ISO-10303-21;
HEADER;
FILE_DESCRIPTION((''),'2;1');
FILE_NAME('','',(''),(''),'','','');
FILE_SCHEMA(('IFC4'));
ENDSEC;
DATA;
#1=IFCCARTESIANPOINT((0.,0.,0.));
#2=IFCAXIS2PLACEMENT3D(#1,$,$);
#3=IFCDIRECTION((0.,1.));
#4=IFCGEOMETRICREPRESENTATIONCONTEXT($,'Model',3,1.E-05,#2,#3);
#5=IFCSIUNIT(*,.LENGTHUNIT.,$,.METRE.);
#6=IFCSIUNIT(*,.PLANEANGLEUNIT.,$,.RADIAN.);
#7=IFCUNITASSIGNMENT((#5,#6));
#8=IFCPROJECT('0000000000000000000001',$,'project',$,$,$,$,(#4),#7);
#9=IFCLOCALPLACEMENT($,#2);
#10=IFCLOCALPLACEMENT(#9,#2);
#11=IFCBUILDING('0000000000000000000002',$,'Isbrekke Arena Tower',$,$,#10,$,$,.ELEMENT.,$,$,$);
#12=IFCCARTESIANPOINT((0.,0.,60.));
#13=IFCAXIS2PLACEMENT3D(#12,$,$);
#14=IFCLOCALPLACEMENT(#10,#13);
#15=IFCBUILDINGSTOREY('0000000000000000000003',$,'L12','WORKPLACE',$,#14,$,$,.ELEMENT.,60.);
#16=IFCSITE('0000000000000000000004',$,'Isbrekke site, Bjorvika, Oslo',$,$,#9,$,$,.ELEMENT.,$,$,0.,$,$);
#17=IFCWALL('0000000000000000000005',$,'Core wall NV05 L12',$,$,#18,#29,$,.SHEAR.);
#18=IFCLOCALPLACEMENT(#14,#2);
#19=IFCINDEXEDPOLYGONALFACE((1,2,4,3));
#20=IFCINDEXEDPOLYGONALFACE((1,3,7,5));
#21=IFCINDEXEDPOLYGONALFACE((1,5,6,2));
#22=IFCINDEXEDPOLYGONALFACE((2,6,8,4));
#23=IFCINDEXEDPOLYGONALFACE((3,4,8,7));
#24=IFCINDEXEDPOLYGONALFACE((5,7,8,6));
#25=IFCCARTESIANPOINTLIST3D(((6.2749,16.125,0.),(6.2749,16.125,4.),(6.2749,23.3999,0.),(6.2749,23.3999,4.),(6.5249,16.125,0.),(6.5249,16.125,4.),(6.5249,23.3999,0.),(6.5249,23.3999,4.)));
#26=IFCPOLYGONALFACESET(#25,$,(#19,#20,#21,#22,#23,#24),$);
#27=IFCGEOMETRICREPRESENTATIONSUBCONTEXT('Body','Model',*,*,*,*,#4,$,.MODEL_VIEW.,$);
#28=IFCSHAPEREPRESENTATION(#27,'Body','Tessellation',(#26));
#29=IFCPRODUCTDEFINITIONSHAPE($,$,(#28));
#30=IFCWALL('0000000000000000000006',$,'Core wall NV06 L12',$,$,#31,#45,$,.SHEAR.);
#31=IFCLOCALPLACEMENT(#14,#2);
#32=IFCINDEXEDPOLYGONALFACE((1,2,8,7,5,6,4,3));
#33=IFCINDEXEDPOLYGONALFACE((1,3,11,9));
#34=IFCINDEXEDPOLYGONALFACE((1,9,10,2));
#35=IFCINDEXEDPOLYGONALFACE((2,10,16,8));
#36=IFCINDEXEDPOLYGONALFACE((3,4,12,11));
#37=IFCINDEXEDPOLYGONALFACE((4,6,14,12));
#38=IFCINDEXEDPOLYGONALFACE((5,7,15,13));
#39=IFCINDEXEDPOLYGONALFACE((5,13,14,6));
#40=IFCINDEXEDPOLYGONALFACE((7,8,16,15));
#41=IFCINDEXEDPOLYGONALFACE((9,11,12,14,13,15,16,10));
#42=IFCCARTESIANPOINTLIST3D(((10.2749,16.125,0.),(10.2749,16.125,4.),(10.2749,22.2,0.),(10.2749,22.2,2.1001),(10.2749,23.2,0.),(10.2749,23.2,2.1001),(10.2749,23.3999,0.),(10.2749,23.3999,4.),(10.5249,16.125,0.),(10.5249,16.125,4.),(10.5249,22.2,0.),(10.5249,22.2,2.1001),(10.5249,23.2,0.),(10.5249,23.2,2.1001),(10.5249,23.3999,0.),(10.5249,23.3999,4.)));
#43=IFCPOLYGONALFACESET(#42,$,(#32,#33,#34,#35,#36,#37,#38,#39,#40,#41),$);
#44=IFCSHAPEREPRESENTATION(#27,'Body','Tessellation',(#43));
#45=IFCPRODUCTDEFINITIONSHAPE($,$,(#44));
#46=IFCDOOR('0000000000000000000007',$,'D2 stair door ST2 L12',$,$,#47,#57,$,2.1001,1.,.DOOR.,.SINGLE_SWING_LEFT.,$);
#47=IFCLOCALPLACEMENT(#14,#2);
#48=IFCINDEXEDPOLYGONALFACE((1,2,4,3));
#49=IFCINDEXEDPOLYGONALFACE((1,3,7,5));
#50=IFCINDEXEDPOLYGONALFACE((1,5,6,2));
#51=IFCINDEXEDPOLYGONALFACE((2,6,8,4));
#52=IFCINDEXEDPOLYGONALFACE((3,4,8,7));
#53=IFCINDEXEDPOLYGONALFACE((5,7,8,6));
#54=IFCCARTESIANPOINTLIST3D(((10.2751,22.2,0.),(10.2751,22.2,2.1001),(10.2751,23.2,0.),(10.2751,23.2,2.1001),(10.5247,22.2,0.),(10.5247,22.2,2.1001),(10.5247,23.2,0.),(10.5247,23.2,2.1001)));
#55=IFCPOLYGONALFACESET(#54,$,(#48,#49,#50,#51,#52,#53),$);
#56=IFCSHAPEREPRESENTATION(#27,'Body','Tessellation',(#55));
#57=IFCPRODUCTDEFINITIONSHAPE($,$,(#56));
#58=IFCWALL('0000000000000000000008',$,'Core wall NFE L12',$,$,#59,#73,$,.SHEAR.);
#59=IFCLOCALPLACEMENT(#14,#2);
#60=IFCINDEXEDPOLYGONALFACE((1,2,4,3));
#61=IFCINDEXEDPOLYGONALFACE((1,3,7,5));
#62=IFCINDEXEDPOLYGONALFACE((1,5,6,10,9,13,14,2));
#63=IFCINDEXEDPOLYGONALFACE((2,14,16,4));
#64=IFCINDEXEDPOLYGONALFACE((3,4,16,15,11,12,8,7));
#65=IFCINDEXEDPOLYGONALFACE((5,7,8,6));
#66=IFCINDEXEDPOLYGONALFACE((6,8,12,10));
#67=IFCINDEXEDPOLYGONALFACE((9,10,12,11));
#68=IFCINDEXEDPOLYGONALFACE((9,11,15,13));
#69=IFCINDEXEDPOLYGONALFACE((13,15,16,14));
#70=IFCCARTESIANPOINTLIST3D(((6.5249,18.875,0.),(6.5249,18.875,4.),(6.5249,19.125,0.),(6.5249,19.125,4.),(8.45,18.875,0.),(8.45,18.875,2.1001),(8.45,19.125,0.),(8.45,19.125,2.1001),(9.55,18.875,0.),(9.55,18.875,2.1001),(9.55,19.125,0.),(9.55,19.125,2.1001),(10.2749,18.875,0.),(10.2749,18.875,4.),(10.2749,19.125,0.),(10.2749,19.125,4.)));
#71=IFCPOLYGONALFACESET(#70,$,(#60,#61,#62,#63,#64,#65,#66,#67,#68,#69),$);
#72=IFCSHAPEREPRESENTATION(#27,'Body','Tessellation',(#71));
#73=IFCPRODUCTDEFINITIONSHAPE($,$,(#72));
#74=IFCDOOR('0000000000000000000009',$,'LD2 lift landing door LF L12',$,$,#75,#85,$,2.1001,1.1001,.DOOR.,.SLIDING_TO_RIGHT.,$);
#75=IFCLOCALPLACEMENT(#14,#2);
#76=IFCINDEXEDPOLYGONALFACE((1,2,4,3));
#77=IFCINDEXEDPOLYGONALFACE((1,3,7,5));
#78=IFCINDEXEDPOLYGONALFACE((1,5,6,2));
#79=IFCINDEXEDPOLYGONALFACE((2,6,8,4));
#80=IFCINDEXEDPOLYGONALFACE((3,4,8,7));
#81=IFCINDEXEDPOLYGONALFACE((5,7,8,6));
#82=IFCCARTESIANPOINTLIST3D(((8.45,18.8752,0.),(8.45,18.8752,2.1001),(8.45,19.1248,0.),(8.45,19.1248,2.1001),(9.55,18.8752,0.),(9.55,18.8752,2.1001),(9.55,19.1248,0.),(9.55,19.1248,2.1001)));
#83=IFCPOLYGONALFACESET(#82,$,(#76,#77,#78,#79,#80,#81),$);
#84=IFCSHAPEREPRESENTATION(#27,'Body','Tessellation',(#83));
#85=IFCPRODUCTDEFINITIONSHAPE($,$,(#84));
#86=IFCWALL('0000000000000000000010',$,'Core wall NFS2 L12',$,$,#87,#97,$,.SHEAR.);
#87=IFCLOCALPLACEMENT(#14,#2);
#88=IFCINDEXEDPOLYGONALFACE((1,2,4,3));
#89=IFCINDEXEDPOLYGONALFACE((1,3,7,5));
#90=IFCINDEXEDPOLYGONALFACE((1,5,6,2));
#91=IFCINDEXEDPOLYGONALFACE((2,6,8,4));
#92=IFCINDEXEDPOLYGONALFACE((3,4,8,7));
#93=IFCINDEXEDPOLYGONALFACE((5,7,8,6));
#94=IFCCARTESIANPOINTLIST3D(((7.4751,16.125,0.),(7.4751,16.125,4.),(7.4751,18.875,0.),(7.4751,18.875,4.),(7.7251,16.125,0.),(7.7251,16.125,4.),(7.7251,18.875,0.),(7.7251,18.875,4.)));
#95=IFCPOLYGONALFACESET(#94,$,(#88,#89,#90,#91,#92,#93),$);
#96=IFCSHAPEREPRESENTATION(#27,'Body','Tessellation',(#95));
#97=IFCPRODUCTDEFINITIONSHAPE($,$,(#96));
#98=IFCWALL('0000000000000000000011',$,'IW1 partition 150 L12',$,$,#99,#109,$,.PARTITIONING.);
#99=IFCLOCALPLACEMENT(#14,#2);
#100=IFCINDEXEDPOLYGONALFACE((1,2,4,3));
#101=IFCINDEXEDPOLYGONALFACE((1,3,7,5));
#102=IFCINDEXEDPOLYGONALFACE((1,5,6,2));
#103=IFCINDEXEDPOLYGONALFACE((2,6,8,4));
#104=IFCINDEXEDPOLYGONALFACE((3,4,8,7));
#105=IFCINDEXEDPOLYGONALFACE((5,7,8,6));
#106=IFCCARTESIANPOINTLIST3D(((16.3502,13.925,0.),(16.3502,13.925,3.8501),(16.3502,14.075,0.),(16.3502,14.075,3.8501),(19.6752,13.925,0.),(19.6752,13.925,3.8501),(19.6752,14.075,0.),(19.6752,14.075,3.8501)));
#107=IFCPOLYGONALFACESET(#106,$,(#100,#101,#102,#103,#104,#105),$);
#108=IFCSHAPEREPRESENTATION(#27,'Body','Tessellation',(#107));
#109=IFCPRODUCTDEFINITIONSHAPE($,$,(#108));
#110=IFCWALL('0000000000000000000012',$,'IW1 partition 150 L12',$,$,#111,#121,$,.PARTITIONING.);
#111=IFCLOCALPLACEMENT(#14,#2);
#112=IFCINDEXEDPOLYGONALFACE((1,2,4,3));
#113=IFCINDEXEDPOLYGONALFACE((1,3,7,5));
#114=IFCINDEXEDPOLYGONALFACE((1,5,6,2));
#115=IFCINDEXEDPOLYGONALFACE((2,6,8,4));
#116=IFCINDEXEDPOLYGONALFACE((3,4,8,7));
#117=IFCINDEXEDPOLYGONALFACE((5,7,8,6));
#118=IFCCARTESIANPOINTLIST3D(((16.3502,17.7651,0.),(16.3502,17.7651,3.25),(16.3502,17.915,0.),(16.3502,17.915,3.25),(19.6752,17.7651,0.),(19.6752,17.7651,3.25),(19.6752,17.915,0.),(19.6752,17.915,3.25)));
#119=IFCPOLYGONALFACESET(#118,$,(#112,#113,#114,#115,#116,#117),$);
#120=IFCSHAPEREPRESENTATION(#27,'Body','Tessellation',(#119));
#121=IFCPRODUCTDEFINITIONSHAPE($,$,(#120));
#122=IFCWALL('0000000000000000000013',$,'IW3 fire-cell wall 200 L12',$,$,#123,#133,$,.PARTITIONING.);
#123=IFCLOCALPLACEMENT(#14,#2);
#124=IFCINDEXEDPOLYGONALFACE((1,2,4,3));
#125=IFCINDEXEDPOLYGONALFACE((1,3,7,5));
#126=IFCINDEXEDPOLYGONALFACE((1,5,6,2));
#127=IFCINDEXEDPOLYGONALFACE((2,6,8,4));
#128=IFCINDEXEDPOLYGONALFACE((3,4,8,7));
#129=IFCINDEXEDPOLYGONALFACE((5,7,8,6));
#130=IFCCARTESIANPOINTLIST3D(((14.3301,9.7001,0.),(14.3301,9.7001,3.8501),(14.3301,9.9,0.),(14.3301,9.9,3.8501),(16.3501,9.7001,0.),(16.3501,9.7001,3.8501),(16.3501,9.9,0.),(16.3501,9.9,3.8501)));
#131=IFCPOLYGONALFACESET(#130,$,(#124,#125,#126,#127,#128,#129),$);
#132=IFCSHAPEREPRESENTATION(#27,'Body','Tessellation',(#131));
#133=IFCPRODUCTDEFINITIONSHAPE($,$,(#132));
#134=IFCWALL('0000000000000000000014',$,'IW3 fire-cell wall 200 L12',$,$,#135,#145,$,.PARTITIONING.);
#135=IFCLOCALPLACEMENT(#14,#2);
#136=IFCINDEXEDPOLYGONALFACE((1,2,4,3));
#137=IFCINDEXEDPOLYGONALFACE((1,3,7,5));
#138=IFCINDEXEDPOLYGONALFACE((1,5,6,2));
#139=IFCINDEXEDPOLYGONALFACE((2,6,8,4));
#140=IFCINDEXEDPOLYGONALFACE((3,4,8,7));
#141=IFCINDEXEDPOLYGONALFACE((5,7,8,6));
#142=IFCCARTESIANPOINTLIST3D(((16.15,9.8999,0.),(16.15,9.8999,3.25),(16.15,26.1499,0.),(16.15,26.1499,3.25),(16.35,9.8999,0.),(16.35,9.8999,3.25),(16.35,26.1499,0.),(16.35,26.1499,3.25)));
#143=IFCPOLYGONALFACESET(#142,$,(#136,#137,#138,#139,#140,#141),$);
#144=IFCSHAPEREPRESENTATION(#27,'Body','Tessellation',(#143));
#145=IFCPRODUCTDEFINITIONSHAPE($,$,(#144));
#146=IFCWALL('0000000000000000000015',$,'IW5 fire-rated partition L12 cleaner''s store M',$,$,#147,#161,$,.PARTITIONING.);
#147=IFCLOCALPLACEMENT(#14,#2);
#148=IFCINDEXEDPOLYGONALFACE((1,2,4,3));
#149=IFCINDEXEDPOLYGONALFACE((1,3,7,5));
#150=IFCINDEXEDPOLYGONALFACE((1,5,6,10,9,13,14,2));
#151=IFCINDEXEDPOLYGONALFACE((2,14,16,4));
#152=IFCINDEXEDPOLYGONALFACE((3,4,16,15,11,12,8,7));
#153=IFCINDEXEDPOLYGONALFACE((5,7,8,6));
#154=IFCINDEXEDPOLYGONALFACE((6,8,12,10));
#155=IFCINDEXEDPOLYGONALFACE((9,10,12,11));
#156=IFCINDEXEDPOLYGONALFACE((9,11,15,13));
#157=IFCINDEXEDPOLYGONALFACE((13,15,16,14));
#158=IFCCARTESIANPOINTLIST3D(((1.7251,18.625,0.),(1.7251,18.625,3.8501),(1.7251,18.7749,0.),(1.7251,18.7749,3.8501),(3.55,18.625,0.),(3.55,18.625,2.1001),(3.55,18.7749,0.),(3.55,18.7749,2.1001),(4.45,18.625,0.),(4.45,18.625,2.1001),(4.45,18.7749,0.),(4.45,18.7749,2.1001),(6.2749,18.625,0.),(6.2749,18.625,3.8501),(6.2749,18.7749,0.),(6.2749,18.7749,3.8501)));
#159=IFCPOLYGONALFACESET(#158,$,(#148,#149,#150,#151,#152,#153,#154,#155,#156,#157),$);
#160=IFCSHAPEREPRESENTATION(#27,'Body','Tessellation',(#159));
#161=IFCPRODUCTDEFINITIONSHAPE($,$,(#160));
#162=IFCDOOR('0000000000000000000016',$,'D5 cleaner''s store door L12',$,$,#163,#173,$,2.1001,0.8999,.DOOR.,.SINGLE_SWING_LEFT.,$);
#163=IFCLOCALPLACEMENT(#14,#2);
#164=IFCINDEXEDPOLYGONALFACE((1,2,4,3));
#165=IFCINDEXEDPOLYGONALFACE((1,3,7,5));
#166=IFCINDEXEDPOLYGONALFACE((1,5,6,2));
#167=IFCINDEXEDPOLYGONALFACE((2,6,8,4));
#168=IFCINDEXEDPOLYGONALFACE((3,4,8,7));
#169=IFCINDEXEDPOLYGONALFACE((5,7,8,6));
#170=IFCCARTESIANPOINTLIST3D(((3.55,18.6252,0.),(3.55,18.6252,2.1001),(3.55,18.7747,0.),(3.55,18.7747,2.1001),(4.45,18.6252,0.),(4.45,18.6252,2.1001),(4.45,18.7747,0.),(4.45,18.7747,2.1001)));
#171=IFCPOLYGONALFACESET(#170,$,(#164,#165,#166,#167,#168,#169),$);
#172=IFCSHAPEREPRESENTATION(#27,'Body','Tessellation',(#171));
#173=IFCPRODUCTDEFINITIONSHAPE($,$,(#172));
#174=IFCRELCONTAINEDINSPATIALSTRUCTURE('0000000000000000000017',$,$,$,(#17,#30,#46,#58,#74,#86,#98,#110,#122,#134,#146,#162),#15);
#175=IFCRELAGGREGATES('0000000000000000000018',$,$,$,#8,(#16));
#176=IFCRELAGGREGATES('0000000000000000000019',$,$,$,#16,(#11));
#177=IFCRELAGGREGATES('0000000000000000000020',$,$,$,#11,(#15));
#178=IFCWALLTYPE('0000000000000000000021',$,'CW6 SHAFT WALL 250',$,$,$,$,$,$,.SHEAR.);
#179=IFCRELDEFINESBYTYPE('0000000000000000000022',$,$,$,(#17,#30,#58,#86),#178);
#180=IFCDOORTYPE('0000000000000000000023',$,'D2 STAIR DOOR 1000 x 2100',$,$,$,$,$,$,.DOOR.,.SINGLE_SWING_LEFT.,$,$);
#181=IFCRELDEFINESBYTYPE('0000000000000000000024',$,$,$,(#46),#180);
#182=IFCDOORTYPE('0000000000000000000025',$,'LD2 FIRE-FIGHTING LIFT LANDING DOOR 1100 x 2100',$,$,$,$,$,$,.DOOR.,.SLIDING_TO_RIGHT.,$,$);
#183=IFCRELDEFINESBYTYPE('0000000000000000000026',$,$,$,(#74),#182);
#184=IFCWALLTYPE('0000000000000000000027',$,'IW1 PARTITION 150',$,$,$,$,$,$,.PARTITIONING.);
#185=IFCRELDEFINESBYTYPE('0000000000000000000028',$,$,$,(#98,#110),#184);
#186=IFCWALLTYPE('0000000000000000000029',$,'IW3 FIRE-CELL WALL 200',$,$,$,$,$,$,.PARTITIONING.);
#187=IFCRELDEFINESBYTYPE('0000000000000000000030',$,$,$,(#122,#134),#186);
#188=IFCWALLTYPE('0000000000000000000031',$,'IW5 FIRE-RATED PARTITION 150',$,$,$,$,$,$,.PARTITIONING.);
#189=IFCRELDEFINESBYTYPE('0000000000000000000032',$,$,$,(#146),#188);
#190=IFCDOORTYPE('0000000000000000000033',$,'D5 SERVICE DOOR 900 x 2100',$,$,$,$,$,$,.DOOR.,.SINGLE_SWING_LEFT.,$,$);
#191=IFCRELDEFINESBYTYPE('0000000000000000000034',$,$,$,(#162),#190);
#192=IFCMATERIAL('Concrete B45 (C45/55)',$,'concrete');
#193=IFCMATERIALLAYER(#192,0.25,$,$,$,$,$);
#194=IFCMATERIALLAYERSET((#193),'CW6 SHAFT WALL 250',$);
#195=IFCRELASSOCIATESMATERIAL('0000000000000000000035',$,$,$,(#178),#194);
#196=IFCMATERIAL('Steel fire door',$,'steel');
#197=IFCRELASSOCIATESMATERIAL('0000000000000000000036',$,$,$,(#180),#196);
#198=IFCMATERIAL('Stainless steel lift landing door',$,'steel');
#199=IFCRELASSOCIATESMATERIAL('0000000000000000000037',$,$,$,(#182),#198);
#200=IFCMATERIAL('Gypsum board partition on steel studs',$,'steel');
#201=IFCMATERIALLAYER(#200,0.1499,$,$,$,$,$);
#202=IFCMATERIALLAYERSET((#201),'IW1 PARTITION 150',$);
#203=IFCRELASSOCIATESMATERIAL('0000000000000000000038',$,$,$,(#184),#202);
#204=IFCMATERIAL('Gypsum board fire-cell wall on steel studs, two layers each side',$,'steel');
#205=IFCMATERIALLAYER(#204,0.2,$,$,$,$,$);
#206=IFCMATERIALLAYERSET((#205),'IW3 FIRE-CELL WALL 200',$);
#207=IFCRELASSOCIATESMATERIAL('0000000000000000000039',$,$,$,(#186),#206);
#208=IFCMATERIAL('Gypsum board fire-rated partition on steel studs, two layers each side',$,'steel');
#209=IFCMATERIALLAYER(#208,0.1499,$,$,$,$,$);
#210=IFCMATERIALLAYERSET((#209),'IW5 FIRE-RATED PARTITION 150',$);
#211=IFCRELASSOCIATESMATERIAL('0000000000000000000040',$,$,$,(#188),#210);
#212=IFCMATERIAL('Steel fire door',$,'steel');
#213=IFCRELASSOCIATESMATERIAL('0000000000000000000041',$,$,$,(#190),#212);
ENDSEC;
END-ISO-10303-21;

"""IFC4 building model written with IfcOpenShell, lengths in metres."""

from ifc_helpers import new_model, si_unit, direction, frame, frame_2d, origin, place, context, subcontext, project, spatial, rectangle, extrude, material, layer, layer_set, type_object, element, fill, save


model = new_model("IFC4")

# Units and contexts
model_context = context("Model", 3, precision=1e-05, world=origin(), true_north=direction((0.0, 1.0)))
body_context = subcontext(model_context, "Body", "Model", "MODEL_VIEW")
ifc_project = project(units=[si_unit("LENGTHUNIT", "METRE"), si_unit("PLANEANGLEUNIT", "RADIAN")], contexts=[model_context])

# Site, building, storey
site_placement = place(None, origin())
site = spatial("IfcSite", under=ifc_project, at=site_placement, Name="Isbrekke site, Bjorvika, Oslo", CompositionType="ELEMENT", RefElevation=0.0)
building_placement = place(site_placement, origin())
building = spatial("IfcBuilding", under=site, at=building_placement, Name="Isbrekke Arena Tower", CompositionType="ELEMENT")
storey_placement = place(building_placement, frame((0.0, 0.0, 60.0)))
storey = spatial("IfcBuildingStorey", under=building, at=storey_placement, Name="L12", Description="WORKPLACE", CompositionType="ELEMENT", Elevation=60.0)

# Wall
ifc_material_1 = material(Name="Concrete B45 (C45/55)", Category="concrete")
ifc_layer_1 = layer(ifc_material_1, 0.25)
ifc_layer_set_1 = layer_set([ifc_layer_1], Name="CW6 SHAFT WALL 250")
wall_type_1 = type_object("IfcWallType", Name="CW6 SHAFT WALL 250", PredefinedType="SHEAR", material=ifc_layer_set_1)
for number, where, z_axis, x_axis, name in (
    (1, (6.3999, 16.125, 0.0), (0.0, 0.0, 1.0), (0.0, 1.0, 0.0), "Core wall NV05 L12"),
):
    element("IfcWall", number, at=place(storey_placement, frame(where, z_axis=z_axis, x_axis=x_axis)), inside=storey, type_object=wall_type_1, Name=name, PredefinedType="SHEAR", context=body_context, shape_type="SweptSolid", body=[
        extrude(rectangle(XDim=7.2749, YDim=0.25, at=frame_2d((3.6375, 0.0))), origin(), (0.0, 0.0, 1.0), 4.0),
    ])

# Walls, openings, doors
wall_1_placement = place(storey_placement, frame((10.3999, 16.125, 0.0), z_axis=(0.0, 0.0, 1.0), x_axis=(0.0, 1.0, 0.0)))
wall_1 = element("IfcWall", 2, at=wall_1_placement, inside=storey, type_object=wall_type_1, Name="Core wall NV06 L12", PredefinedType="SHEAR", context=body_context, shape_type="SweptSolid", body=[
    extrude(rectangle(XDim=7.2749, YDim=0.25, at=frame_2d((3.6375, 0.0))), origin(), (0.0, 0.0, 1.0), 4.0),
])
opening_1_placement = place(wall_1_placement, frame((6.075, 0.0, 0.0)))
opening_1 = element("IfcOpeningElement", 3, at=opening_1_placement, cuts=wall_1, PredefinedType="OPENING", context=body_context, shape_type="SweptSolid", body=[
    extrude(rectangle(XDim=1.0, YDim=2.1001, at=frame_2d((0.5, 1.05))), frame((0.0, 0.1399, 0.0), z_axis=(0.0, -1.0, 0.0), x_axis=(1.0, 0.0, 0.0)), (0.0, 0.0, 1.0), 0.2798),
])
ifc_material_2 = material(Name="Steel fire door", Category="steel")
door_type_1 = type_object("IfcDoorType", Name="D2 STAIR DOOR 1000 x 2100", OperationType="SINGLE_SWING_LEFT", PredefinedType="DOOR", material=ifc_material_2)
door_1_placement = place(opening_1_placement, origin())
door_1 = element("IfcDoor", 4, at=door_1_placement, inside=storey, type_object=door_type_1, Name="D2 stair door ST2 L12", OperationType="SINGLE_SWING_LEFT", OverallHeight=2.1001, OverallWidth=1.0, PredefinedType="DOOR", context=body_context, shape_type="SweptSolid", body=[
    extrude(rectangle(XDim=1.0, YDim=2.1001, at=frame_2d((0.5, 1.05))), frame((0.0, 0.1248, 0.0), z_axis=(0.0, -1.0, 0.0), x_axis=(1.0, 0.0, 0.0)), (0.0, 0.0, 1.0), 0.2495),
])
fill(opening_1, door_1)
wall_2_placement = place(storey_placement, frame((6.5249, 19.0, 0.0), z_axis=(0.0, 0.0, 1.0), x_axis=(1.0, 0.0, 0.0)))
wall_2 = element("IfcWall", 5, at=wall_2_placement, inside=storey, type_object=wall_type_1, Name="Core wall NFE L12", PredefinedType="SHEAR", context=body_context, shape_type="SweptSolid", body=[
    extrude(rectangle(XDim=3.75, YDim=0.25, at=frame_2d((1.875, 0.0))), origin(), (0.0, 0.0, 1.0), 4.0),
])
opening_2_placement = place(wall_2_placement, frame((1.925, 0.0, 0.0)))
opening_2 = element("IfcOpeningElement", 6, at=opening_2_placement, cuts=wall_2, PredefinedType="OPENING", context=body_context, shape_type="SweptSolid", body=[
    extrude(rectangle(XDim=1.1001, YDim=2.1001, at=frame_2d((0.55, 1.05))), frame((0.0, 0.1399, 0.0), z_axis=(0.0, -1.0, 0.0), x_axis=(1.0, 0.0, 0.0)), (0.0, 0.0, 1.0), 0.2798),
])
ifc_material_3 = material(Name="Stainless steel lift landing door", Category="steel")
door_type_2 = type_object("IfcDoorType", Name="LD2 FIRE-FIGHTING LIFT LANDING DOOR 1100 x 2100", OperationType="SLIDING_TO_RIGHT", PredefinedType="DOOR", material=ifc_material_3)
door_2_placement = place(opening_2_placement, origin())
door_2 = element("IfcDoor", 7, at=door_2_placement, inside=storey, type_object=door_type_2, Name="LD2 lift landing door LF L12", OperationType="SLIDING_TO_RIGHT", OverallHeight=2.1001, OverallWidth=1.1001, PredefinedType="DOOR", context=body_context, shape_type="SweptSolid", body=[
    extrude(rectangle(XDim=1.1001, YDim=2.1001, at=frame_2d((0.55, 1.05))), frame((0.0, 0.1248, 0.0), z_axis=(0.0, -1.0, 0.0), x_axis=(1.0, 0.0, 0.0)), (0.0, 0.0, 1.0), 0.2495),
])
fill(opening_2, door_2)

# Walls
wall_3_placement = place(storey_placement, frame((7.6001, 16.125, 0.0), z_axis=(0.0, 0.0, 1.0), x_axis=(0.0, 1.0, 0.0)))
element("IfcWall", 8, at=wall_3_placement, inside=storey, type_object=wall_type_1, Name="Core wall NFS2 L12", PredefinedType="SHEAR", context=body_context, shape_type="SweptSolid", body=[
    extrude(rectangle(XDim=2.75, YDim=0.25, at=frame_2d((1.375, 0.0))), origin(), (0.0, 0.0, 1.0), 4.0),
])
ifc_material_4 = material(Name="Gypsum board partition on steel studs", Category="steel")
ifc_layer_2 = layer(ifc_material_4, 0.1499)
ifc_layer_set_2 = layer_set([ifc_layer_2], Name="IW1 PARTITION 150")
wall_type_2 = type_object("IfcWallType", Name="IW1 PARTITION 150", PredefinedType="PARTITIONING", material=ifc_layer_set_2)
wall_4_placement = place(storey_placement, frame((16.3501, 14.0, 0.0), z_axis=(0.0, 0.0, 1.0), x_axis=(1.0, 0.0, 0.0)))
element("IfcWall", 9, at=wall_4_placement, inside=storey, type_object=wall_type_2, Name="IW1 partition 150 L12", PredefinedType="PARTITIONING", context=body_context, shape_type="SweptSolid", body=[
    extrude(rectangle(XDim=3.325, YDim=0.1499, at=frame_2d((1.6626, 0.0))), origin(), (0.0, 0.0, 1.0), 3.8501),
])
wall_5_placement = place(storey_placement, frame((16.3501, 17.8401, 0.0), z_axis=(0.0, 0.0, 1.0), x_axis=(1.0, 0.0, 0.0)))
element("IfcWall", 10, at=wall_5_placement, inside=storey, type_object=wall_type_2, Name="IW1 partition 150 L12", PredefinedType="PARTITIONING", context=body_context, shape_type="SweptSolid", body=[
    extrude(rectangle(XDim=3.325, YDim=0.1499, at=frame_2d((1.6626, 0.0))), origin(), (0.0, 0.0, 1.0), 3.25),
])
ifc_material_5 = material(Name="Gypsum board fire-cell wall on steel studs, two layers each side", Category="steel")
ifc_layer_3 = layer(ifc_material_5, 0.2)
ifc_layer_set_3 = layer_set([ifc_layer_3], Name="IW3 FIRE-CELL WALL 200")
wall_type_3 = type_object("IfcWallType", Name="IW3 FIRE-CELL WALL 200", PredefinedType="PARTITIONING", material=ifc_layer_set_3)
wall_6_placement = place(storey_placement, frame((14.3301, 9.8, 0.0), z_axis=(0.0, 0.0, 1.0), x_axis=(1.0, 0.0, 0.0)))
element("IfcWall", 11, at=wall_6_placement, inside=storey, type_object=wall_type_3, Name="IW3 fire-cell wall 200 L12", PredefinedType="PARTITIONING", context=body_context, shape_type="SweptSolid", body=[
    extrude(rectangle(XDim=2.02, YDim=0.2, at=frame_2d((1.01, 0.0))), origin(), (0.0, 0.0, 1.0), 3.8501),
])
wall_7_placement = place(storey_placement, frame((16.25, 9.8999, 0.0), z_axis=(0.0, 0.0, 1.0), x_axis=(0.0, 1.0, 0.0)))
element("IfcWall", 12, at=wall_7_placement, inside=storey, type_object=wall_type_3, Name="IW3 fire-cell wall 200 L12", PredefinedType="PARTITIONING", context=body_context, shape_type="SweptSolid", body=[
    extrude(rectangle(XDim=16.25, YDim=0.2, at=frame_2d((8.125, 0.0))), origin(), (0.0, 0.0, 1.0), 3.25),
])

# Wall, opening, door
ifc_material_6 = material(Name="Gypsum board fire-rated partition on steel studs, two layers each side", Category="steel")
ifc_layer_4 = layer(ifc_material_6, 0.1499)
ifc_layer_set_4 = layer_set([ifc_layer_4], Name="IW5 FIRE-RATED PARTITION 150")
wall_type_4 = type_object("IfcWallType", Name="IW5 FIRE-RATED PARTITION 150", PredefinedType="PARTITIONING", material=ifc_layer_set_4)
wall_8_placement = place(storey_placement, frame((1.7251, 18.7, 0.0), z_axis=(0.0, 0.0, 1.0), x_axis=(1.0, 0.0, 0.0)))
wall_8 = element("IfcWall", 13, at=wall_8_placement, inside=storey, type_object=wall_type_4, Name="IW5 fire-rated partition L12 cleaner's store M", PredefinedType="PARTITIONING", context=body_context, shape_type="SweptSolid", body=[
    extrude(rectangle(XDim=4.5498, YDim=0.1499, at=frame_2d((2.2749, 0.0))), origin(), (0.0, 0.0, 1.0), 3.8501),
])
opening_3_placement = place(wall_8_placement, frame((1.825, 0.0, 0.0)))
opening_3 = element("IfcOpeningElement", 14, at=opening_3_placement, cuts=wall_8, PredefinedType="OPENING", context=body_context, shape_type="SweptSolid", body=[
    extrude(rectangle(XDim=0.8999, YDim=2.1001, at=frame_2d((0.45, 1.05))), frame((0.0, 0.0898, 0.0), z_axis=(0.0, -1.0, 0.0), x_axis=(1.0, 0.0, 0.0)), (0.0, 0.0, 1.0), 0.1797),
])
ifc_material_7 = material(Name="Steel fire door", Category="steel")
door_type_3 = type_object("IfcDoorType", Name="D5 SERVICE DOOR 900 x 2100", OperationType="SINGLE_SWING_LEFT", PredefinedType="DOOR", material=ifc_material_7)
door_3_placement = place(opening_3_placement, origin())
door_3 = element("IfcDoor", 15, at=door_3_placement, inside=storey, type_object=door_type_3, Name="D5 cleaner's store door L12", OperationType="SINGLE_SWING_LEFT", OverallHeight=2.1001, OverallWidth=0.8999, PredefinedType="DOOR", context=body_context, shape_type="SweptSolid", body=[
    extrude(rectangle(XDim=0.8999, YDim=2.1001, at=frame_2d((0.45, 1.05))), frame((0.0, 0.0747, 0.0), z_axis=(0.0, -1.0, 0.0), x_axis=(1.0, 0.0, 0.0)), (0.0, 0.0, 1.0), 0.1494),
])
fill(opening_3, door_3)

save(model, "model.ifc")
